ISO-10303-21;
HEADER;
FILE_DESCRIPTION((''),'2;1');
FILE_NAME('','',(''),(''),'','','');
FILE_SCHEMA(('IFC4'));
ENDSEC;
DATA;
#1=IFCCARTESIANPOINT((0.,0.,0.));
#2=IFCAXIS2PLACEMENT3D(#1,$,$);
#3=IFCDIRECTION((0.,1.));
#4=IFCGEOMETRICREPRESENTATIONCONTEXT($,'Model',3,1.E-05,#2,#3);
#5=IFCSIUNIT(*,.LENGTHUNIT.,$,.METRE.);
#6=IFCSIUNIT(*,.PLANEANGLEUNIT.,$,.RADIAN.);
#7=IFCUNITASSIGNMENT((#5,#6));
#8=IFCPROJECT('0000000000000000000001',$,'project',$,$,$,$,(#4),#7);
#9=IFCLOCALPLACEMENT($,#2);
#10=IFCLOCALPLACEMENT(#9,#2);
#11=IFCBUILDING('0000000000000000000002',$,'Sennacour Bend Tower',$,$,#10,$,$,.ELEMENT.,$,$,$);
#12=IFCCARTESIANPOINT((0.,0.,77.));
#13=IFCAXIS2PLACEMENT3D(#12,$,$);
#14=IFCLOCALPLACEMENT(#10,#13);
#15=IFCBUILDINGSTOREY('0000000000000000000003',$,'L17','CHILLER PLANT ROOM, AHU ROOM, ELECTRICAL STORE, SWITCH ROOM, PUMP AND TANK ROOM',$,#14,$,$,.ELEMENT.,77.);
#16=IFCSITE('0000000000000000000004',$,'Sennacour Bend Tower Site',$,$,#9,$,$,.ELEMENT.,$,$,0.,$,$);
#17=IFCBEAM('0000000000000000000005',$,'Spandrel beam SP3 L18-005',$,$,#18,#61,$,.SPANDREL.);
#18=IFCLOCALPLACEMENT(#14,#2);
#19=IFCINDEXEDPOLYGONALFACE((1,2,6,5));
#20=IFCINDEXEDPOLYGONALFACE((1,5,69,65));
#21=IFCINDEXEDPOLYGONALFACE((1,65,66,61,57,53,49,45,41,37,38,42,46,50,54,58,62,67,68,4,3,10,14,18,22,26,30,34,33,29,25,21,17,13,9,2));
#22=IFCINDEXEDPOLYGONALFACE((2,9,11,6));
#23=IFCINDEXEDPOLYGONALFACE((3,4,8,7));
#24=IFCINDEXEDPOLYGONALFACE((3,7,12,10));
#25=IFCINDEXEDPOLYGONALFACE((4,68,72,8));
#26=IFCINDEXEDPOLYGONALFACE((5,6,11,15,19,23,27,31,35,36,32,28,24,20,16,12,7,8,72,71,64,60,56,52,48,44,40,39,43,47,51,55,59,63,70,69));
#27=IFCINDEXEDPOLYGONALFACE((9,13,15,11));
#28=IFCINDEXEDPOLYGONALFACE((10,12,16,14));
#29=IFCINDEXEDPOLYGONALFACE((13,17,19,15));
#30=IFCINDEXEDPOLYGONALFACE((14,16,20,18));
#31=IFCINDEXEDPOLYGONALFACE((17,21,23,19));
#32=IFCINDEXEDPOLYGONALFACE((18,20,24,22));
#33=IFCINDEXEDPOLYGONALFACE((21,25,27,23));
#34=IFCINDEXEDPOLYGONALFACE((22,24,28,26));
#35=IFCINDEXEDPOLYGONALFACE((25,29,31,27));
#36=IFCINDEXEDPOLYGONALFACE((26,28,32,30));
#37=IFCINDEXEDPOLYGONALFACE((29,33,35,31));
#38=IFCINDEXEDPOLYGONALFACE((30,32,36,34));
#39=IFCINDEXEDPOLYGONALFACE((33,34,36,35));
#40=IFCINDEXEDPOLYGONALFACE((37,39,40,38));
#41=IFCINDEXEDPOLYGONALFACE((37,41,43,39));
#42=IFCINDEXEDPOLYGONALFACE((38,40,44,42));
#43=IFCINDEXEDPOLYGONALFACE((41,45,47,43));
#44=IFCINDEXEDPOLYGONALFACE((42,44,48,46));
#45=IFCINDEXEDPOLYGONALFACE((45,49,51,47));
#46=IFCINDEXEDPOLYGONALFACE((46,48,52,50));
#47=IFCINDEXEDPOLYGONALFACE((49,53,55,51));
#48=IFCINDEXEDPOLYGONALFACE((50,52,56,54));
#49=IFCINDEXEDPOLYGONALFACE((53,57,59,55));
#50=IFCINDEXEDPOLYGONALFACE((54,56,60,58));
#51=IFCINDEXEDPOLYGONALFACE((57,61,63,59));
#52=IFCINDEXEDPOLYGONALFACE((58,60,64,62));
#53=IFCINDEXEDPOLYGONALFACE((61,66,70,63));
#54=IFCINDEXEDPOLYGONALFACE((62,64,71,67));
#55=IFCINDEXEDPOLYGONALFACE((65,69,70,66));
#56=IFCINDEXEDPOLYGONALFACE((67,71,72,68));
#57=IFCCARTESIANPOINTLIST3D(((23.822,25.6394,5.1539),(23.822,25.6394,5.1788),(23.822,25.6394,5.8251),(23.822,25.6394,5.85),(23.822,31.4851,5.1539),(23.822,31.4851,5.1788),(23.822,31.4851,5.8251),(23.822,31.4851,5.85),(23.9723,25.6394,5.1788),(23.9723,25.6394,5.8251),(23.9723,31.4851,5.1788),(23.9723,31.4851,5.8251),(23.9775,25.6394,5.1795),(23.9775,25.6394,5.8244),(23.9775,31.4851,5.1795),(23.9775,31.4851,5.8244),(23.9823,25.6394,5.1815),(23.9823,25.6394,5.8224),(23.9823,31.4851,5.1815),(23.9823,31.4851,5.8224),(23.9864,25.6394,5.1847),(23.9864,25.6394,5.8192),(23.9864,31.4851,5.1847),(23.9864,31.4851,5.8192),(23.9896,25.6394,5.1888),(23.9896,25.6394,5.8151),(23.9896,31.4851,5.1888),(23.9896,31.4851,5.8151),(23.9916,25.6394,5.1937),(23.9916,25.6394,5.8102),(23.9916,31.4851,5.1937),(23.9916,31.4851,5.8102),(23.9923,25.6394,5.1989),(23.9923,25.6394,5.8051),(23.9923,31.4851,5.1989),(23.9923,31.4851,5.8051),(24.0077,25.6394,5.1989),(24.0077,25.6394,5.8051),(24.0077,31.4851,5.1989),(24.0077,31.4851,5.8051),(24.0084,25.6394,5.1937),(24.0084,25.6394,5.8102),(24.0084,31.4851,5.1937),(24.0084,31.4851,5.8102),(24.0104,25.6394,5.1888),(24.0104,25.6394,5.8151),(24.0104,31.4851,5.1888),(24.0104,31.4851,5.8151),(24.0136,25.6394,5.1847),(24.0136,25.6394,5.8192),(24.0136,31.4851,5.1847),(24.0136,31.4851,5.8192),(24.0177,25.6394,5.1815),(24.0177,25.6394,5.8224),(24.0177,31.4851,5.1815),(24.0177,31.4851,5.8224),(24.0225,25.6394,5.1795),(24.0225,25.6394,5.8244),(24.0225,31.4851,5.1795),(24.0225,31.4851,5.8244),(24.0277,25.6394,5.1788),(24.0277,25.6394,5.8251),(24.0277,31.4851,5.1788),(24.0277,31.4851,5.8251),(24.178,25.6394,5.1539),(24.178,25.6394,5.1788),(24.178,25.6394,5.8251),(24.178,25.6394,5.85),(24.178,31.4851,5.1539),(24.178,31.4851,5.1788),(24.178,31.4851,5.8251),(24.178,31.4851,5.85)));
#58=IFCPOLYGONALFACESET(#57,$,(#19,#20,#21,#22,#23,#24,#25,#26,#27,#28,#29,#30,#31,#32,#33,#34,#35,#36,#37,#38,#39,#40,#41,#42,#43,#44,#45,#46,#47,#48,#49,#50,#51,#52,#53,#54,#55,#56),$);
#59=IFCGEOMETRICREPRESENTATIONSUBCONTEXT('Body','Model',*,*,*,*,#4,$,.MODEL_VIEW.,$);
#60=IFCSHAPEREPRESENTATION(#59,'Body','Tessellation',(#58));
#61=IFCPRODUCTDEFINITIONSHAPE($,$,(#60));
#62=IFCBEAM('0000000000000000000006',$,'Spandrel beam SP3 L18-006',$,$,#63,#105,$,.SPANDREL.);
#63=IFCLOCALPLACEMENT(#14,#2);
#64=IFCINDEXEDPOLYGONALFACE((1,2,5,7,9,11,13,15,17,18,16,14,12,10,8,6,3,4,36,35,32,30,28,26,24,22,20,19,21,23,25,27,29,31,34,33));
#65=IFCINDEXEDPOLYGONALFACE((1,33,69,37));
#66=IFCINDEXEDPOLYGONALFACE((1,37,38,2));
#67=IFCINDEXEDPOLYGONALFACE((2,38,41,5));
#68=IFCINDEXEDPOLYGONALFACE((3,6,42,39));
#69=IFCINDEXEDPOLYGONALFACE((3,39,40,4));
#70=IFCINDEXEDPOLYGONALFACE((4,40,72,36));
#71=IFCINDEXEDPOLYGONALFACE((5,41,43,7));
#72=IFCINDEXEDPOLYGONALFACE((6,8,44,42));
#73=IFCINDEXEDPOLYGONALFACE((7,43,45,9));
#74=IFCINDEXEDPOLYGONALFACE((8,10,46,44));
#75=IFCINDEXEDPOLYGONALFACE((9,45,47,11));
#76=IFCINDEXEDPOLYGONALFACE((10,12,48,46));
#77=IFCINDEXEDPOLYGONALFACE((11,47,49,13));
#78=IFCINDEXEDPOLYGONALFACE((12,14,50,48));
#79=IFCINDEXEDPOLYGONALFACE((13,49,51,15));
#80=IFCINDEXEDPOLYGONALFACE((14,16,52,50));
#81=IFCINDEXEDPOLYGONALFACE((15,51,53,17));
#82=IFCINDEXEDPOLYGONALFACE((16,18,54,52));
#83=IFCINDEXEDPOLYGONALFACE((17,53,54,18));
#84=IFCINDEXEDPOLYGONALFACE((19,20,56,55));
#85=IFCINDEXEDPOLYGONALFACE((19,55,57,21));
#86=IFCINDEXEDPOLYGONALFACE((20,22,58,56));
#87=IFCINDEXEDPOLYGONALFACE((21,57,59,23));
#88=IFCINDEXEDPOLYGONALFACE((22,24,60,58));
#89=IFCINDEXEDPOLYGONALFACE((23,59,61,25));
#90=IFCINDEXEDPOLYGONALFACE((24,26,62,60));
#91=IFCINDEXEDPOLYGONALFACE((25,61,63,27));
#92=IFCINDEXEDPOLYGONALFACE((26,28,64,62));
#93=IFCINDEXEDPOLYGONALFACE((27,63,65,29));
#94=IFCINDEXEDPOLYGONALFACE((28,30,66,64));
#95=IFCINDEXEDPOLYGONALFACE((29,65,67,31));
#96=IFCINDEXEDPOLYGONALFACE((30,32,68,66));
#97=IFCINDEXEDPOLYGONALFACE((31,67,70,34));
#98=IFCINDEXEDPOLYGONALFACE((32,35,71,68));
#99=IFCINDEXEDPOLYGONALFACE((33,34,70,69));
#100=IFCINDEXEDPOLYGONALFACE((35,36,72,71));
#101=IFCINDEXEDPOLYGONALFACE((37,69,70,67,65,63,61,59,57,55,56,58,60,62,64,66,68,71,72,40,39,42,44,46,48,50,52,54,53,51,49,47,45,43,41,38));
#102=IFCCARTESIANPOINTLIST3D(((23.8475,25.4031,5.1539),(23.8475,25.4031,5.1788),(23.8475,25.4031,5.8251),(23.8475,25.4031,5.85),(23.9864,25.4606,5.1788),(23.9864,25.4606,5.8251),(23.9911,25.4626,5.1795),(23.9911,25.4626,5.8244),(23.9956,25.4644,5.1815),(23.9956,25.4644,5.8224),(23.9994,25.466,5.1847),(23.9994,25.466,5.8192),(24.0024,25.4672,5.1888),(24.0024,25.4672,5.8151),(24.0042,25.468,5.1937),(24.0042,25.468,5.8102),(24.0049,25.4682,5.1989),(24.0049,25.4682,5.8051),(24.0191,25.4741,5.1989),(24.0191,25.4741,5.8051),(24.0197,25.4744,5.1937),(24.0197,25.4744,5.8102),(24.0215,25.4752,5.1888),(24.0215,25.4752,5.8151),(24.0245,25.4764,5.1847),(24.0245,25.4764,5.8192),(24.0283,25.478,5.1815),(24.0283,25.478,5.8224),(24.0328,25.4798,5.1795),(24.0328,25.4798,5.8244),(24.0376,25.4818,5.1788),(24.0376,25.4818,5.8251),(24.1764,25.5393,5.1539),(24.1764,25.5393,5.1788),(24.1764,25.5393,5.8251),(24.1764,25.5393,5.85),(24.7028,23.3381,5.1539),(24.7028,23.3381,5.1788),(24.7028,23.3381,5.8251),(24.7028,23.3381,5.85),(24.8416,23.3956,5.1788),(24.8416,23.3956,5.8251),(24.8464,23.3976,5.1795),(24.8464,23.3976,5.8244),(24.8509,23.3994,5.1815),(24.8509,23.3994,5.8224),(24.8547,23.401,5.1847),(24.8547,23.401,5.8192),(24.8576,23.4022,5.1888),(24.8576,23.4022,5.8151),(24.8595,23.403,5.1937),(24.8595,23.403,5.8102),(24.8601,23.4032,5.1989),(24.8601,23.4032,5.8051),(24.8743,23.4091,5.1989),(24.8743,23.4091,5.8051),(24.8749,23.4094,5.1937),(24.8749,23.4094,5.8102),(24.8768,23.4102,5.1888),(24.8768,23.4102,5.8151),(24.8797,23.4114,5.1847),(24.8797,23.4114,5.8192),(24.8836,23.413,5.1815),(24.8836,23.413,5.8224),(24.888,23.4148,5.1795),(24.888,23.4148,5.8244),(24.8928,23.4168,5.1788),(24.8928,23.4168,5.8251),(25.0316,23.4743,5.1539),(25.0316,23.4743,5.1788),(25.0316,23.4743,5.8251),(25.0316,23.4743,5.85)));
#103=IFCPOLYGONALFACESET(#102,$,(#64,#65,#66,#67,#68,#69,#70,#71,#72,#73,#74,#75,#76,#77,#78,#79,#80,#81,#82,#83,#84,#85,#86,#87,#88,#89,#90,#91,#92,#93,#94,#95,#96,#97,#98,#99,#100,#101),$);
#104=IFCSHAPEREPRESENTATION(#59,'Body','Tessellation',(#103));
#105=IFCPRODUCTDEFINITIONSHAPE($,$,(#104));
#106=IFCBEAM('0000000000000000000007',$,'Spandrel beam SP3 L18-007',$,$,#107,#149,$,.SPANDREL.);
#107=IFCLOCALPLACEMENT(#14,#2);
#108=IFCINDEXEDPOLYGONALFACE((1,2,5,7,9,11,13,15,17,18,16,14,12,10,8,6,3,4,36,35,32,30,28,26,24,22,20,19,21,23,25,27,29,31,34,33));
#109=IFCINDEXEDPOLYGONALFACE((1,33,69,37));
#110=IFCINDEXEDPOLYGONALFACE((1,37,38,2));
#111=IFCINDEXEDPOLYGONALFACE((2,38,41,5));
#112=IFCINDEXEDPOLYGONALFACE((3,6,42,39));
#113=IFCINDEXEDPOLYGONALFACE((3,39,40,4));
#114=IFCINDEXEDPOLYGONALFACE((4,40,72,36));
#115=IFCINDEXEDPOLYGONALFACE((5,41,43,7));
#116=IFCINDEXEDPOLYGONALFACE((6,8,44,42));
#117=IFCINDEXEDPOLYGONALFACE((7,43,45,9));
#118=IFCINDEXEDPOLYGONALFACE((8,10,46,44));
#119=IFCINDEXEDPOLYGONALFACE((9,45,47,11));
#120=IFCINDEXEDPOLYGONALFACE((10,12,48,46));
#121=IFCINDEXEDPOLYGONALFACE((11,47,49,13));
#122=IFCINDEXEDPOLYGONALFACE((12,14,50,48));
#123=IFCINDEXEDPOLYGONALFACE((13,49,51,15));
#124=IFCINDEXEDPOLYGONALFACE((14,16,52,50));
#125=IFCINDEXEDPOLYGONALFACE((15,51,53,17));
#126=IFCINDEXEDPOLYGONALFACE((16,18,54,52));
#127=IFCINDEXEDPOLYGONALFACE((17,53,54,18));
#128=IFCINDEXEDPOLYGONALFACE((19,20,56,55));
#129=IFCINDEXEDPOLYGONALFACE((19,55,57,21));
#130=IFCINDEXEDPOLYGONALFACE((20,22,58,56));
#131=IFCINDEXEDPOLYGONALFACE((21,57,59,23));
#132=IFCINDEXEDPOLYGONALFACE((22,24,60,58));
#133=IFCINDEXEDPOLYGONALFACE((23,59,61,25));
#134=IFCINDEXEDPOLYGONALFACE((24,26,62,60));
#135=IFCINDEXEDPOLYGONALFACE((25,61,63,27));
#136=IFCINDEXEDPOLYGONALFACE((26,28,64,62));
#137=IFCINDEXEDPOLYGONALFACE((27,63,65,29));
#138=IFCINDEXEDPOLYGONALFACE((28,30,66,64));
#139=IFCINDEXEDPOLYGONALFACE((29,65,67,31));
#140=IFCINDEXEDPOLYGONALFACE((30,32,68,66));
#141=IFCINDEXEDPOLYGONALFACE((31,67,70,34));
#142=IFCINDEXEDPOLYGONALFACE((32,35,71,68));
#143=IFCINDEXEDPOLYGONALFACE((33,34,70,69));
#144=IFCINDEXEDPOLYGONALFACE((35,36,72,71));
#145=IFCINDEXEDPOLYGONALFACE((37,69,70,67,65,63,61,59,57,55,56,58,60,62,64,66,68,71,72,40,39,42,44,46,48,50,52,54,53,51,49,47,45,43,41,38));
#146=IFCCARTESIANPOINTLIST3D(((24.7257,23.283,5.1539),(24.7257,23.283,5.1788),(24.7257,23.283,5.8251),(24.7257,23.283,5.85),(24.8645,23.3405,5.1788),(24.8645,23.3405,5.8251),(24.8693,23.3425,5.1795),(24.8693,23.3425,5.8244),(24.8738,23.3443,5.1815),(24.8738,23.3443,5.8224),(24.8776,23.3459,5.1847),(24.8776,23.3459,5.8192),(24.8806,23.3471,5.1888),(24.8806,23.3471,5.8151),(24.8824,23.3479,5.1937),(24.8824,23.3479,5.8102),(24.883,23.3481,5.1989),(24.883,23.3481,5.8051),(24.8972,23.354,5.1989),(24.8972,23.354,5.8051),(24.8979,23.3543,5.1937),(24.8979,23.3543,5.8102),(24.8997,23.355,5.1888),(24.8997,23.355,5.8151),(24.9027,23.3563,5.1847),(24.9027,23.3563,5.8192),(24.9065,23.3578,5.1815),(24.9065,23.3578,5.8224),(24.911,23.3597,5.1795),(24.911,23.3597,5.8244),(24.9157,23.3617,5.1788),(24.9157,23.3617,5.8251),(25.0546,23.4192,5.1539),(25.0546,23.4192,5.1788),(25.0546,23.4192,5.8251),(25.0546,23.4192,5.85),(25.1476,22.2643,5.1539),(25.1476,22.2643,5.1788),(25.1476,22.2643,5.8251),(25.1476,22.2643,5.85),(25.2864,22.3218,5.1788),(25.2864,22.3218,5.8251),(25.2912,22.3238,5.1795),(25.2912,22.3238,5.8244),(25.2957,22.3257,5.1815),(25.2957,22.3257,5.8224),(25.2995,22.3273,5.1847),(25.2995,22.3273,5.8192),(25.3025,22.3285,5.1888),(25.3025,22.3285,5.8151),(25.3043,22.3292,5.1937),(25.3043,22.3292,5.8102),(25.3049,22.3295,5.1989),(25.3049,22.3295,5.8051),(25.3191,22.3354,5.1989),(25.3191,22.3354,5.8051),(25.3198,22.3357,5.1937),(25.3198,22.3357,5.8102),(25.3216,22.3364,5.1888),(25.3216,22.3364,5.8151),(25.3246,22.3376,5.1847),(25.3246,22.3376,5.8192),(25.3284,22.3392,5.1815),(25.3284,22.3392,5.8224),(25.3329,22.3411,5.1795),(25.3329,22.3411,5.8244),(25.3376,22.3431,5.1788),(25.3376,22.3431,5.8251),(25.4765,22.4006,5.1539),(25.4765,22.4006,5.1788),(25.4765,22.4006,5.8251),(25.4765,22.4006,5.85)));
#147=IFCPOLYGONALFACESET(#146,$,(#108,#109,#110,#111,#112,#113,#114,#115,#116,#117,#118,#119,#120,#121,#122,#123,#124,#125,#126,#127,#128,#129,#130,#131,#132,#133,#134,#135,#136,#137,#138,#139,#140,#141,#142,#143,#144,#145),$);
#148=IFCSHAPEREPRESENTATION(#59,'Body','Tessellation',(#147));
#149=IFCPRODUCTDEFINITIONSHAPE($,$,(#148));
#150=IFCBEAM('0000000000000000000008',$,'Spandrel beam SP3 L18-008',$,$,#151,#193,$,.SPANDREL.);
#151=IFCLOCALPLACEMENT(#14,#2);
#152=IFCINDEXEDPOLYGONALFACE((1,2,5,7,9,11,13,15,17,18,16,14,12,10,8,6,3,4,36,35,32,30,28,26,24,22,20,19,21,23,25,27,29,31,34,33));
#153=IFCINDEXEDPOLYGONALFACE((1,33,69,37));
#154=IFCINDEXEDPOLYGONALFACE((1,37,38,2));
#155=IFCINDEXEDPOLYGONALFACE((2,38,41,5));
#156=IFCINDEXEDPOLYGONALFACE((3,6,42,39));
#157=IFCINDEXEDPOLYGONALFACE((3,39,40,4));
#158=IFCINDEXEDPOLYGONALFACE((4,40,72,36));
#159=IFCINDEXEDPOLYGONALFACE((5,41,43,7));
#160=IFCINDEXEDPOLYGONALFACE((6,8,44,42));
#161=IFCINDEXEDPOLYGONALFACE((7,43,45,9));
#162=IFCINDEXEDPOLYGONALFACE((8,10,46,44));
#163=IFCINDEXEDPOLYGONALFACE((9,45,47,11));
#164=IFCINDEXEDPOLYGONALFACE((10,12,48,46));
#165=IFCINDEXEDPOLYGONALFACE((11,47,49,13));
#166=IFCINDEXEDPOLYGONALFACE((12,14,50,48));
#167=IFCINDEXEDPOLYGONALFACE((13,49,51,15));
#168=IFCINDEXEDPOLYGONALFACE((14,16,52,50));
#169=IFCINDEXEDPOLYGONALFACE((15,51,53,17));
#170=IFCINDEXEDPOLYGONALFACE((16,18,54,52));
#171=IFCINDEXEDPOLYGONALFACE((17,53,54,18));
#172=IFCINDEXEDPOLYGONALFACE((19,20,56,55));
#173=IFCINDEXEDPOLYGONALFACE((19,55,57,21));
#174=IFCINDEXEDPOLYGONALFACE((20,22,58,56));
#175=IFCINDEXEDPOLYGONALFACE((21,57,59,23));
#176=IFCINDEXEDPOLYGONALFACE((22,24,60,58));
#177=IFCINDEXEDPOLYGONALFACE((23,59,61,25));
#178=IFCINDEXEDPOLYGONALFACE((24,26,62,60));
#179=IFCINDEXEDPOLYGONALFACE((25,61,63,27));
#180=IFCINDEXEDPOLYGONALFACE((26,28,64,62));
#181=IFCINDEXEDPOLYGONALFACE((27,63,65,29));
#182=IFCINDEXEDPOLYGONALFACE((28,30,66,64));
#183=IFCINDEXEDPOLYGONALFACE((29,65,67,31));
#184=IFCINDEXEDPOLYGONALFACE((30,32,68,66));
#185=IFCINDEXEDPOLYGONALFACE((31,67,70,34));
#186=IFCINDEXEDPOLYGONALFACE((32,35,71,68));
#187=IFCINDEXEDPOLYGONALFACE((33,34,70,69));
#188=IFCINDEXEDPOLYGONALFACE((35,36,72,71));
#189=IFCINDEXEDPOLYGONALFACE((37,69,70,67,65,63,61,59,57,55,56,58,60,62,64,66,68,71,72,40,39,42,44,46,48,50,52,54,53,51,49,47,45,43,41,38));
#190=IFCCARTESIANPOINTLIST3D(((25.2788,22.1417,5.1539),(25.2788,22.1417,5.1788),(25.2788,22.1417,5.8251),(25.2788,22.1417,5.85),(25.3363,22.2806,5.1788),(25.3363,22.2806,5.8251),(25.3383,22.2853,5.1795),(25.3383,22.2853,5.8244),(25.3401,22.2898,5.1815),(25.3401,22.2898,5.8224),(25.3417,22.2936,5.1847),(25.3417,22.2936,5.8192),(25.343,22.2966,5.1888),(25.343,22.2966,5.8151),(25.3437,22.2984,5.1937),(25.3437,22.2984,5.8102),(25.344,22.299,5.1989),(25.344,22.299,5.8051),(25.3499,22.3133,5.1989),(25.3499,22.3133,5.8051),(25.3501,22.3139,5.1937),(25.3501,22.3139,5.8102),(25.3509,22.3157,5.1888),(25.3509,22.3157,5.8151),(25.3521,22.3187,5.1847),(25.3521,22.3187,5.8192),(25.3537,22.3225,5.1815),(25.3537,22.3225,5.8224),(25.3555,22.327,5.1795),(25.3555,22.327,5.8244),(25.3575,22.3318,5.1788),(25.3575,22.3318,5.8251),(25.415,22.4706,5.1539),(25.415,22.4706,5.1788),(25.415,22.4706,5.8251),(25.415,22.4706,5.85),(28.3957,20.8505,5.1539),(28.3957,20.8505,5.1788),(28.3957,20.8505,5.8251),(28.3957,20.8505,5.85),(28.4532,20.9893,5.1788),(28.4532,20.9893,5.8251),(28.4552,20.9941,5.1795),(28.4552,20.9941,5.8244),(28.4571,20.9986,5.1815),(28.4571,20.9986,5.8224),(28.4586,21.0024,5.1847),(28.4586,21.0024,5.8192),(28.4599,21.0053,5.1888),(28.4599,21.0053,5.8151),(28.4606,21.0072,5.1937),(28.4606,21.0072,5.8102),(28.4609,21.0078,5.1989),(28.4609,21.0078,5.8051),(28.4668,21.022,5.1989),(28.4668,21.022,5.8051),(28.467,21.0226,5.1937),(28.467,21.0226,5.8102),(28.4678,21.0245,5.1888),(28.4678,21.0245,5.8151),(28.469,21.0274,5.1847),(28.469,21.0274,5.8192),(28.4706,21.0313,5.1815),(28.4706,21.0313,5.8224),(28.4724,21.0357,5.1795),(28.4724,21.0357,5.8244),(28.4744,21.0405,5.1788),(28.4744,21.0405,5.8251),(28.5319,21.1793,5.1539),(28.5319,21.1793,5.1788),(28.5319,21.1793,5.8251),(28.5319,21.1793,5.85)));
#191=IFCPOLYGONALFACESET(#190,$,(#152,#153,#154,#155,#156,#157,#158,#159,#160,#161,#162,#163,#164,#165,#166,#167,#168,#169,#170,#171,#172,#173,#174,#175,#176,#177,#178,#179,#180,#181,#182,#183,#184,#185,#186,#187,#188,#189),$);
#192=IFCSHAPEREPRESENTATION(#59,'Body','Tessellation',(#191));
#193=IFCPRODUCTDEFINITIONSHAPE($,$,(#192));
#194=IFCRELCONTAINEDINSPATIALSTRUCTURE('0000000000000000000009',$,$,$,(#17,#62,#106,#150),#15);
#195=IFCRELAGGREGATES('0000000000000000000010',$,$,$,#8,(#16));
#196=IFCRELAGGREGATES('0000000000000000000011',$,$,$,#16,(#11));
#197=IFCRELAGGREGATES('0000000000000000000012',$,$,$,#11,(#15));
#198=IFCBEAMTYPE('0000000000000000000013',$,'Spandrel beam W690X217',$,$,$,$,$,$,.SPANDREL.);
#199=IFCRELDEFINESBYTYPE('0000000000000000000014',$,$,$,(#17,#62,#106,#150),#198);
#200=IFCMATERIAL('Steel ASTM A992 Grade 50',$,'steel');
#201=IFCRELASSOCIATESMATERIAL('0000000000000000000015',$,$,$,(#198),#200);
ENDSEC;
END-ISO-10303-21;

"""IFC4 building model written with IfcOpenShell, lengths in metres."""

from ifc_helpers import new_model, si_unit, direction, frame, origin, origin_2d, place, context, subcontext, project, spatial, i_section, extrude, material, material_profile, profile_set, type_object, element, save


model = new_model("IFC4")

# Units and contexts
model_context = context("Model", 3, precision=1e-05, world=origin(), true_north=direction((0.0, 1.0)))
body_context = subcontext(model_context, "Body", "Model", "MODEL_VIEW")
ifc_project = project(units=[si_unit("LENGTHUNIT", "METRE"), si_unit("PLANEANGLEUNIT", "RADIAN")], contexts=[model_context])

# Site, building, storey
site_placement = place(None, origin())
site = spatial("IfcSite", under=ifc_project, at=site_placement, Name="Sennacour Bend Tower Site", CompositionType="ELEMENT", RefElevation=0.0)
building_placement = place(site_placement, origin())
building = spatial("IfcBuilding", under=site, at=building_placement, Name="Sennacour Bend Tower", CompositionType="ELEMENT")
storey_placement = place(building_placement, frame((0.0, 0.0, 77.0)))
storey = spatial("IfcBuildingStorey", under=building, at=storey_placement, Name="L17", Description="CHILLER PLANT ROOM, AHU ROOM, ELECTRICAL STORE, SWITCH ROOM, PUMP AND TANK ROOM", CompositionType="ELEMENT", Elevation=77.0)

# Shared definitions
ifc_material_1 = material(Name="Steel ASTM A992 Grade 50", Category="steel")

# Beams
ifc_material_profile_1 = material_profile(ifc_material_1, i_section(OverallWidth=0.356, OverallDepth=0.696, WebThickness=0.0154, FlangeThickness=0.0249, FilletRadius=0.02, at=origin_2d()), Name="Steel ASTM A992 Grade 50", Category="steel")
ifc_profile_set_1 = profile_set([ifc_material_profile_1], Name="Steel ASTM A992 Grade 50")
beam_type_1 = type_object("IfcBeamType", Name="Spandrel beam W690X217", PredefinedType="SPANDREL", material=ifc_profile_set_1)
beam_1_placement = place(storey_placement, frame((24.0, 31.4851, 5.502), z_axis=(0.0, -1.0, 0.0), x_axis=(1.0, 0.0, 0.0)))
element("IfcBeam", 1, at=beam_1_placement, inside=storey, type_object=beam_type_1, Name="Spandrel beam SP3 L18-005", PredefinedType="SPANDREL", context=body_context, shape_type="SweptSolid", body=[
    extrude(i_section(OverallWidth=0.356, OverallDepth=0.696, WebThickness=0.0154, FlangeThickness=0.0249, FilletRadius=0.02, at=origin_2d()), origin(), (0.0, 0.0, 1.0), 5.8457),
])
beam_2_placement = place(storey_placement, frame((24.012, 25.4712, 5.502), z_axis=(0.382644, -0.923896, 0.0), x_axis=(0.923896, 0.382644, 0.0)))
element("IfcBeam", 2, at=beam_2_placement, inside=storey, type_object=beam_type_1, Name="Spandrel beam SP3 L18-006", PredefinedType="SPANDREL", context=body_context, shape_type="SweptSolid", body=[
    extrude(i_section(OverallWidth=0.356, OverallDepth=0.696, WebThickness=0.0154, FlangeThickness=0.0249, FilletRadius=0.02, at=origin_2d()), origin(), (0.0, 0.0, 1.0), 2.2351),
])
beam_3_placement = place(storey_placement, frame((24.8901, 23.3511, 5.502), z_axis=(0.382665, -0.923887, 0.0), x_axis=(0.923887, 0.382665, 0.0)))
element("IfcBeam", 3, at=beam_3_placement, inside=storey, type_object=beam_type_1, Name="Spandrel beam SP3 L18-007", PredefinedType="SPANDREL", context=body_context, shape_type="SweptSolid", body=[
    extrude(i_section(OverallWidth=0.356, OverallDepth=0.696, WebThickness=0.0154, FlangeThickness=0.0249, FilletRadius=0.02, at=origin_2d()), origin(), (0.0, 0.0, 1.0), 1.1025),
])
beam_4_placement = place(storey_placement, frame((25.3469, 22.3062, 5.502), z_axis=(0.923861, -0.382729, 0.0), x_axis=(0.382729, 0.923861, 0.0)))
element("IfcBeam", 4, at=beam_4_placement, inside=storey, type_object=beam_type_1, Name="Spandrel beam SP3 L18-008", PredefinedType="SPANDREL", context=body_context, shape_type="SweptSolid", body=[
    extrude(i_section(OverallWidth=0.356, OverallDepth=0.696, WebThickness=0.0154, FlangeThickness=0.0249, FilletRadius=0.02, at=origin_2d()), origin(), (0.0, 0.0, 1.0), 3.3738),
])

save(model, "model.ifc")
